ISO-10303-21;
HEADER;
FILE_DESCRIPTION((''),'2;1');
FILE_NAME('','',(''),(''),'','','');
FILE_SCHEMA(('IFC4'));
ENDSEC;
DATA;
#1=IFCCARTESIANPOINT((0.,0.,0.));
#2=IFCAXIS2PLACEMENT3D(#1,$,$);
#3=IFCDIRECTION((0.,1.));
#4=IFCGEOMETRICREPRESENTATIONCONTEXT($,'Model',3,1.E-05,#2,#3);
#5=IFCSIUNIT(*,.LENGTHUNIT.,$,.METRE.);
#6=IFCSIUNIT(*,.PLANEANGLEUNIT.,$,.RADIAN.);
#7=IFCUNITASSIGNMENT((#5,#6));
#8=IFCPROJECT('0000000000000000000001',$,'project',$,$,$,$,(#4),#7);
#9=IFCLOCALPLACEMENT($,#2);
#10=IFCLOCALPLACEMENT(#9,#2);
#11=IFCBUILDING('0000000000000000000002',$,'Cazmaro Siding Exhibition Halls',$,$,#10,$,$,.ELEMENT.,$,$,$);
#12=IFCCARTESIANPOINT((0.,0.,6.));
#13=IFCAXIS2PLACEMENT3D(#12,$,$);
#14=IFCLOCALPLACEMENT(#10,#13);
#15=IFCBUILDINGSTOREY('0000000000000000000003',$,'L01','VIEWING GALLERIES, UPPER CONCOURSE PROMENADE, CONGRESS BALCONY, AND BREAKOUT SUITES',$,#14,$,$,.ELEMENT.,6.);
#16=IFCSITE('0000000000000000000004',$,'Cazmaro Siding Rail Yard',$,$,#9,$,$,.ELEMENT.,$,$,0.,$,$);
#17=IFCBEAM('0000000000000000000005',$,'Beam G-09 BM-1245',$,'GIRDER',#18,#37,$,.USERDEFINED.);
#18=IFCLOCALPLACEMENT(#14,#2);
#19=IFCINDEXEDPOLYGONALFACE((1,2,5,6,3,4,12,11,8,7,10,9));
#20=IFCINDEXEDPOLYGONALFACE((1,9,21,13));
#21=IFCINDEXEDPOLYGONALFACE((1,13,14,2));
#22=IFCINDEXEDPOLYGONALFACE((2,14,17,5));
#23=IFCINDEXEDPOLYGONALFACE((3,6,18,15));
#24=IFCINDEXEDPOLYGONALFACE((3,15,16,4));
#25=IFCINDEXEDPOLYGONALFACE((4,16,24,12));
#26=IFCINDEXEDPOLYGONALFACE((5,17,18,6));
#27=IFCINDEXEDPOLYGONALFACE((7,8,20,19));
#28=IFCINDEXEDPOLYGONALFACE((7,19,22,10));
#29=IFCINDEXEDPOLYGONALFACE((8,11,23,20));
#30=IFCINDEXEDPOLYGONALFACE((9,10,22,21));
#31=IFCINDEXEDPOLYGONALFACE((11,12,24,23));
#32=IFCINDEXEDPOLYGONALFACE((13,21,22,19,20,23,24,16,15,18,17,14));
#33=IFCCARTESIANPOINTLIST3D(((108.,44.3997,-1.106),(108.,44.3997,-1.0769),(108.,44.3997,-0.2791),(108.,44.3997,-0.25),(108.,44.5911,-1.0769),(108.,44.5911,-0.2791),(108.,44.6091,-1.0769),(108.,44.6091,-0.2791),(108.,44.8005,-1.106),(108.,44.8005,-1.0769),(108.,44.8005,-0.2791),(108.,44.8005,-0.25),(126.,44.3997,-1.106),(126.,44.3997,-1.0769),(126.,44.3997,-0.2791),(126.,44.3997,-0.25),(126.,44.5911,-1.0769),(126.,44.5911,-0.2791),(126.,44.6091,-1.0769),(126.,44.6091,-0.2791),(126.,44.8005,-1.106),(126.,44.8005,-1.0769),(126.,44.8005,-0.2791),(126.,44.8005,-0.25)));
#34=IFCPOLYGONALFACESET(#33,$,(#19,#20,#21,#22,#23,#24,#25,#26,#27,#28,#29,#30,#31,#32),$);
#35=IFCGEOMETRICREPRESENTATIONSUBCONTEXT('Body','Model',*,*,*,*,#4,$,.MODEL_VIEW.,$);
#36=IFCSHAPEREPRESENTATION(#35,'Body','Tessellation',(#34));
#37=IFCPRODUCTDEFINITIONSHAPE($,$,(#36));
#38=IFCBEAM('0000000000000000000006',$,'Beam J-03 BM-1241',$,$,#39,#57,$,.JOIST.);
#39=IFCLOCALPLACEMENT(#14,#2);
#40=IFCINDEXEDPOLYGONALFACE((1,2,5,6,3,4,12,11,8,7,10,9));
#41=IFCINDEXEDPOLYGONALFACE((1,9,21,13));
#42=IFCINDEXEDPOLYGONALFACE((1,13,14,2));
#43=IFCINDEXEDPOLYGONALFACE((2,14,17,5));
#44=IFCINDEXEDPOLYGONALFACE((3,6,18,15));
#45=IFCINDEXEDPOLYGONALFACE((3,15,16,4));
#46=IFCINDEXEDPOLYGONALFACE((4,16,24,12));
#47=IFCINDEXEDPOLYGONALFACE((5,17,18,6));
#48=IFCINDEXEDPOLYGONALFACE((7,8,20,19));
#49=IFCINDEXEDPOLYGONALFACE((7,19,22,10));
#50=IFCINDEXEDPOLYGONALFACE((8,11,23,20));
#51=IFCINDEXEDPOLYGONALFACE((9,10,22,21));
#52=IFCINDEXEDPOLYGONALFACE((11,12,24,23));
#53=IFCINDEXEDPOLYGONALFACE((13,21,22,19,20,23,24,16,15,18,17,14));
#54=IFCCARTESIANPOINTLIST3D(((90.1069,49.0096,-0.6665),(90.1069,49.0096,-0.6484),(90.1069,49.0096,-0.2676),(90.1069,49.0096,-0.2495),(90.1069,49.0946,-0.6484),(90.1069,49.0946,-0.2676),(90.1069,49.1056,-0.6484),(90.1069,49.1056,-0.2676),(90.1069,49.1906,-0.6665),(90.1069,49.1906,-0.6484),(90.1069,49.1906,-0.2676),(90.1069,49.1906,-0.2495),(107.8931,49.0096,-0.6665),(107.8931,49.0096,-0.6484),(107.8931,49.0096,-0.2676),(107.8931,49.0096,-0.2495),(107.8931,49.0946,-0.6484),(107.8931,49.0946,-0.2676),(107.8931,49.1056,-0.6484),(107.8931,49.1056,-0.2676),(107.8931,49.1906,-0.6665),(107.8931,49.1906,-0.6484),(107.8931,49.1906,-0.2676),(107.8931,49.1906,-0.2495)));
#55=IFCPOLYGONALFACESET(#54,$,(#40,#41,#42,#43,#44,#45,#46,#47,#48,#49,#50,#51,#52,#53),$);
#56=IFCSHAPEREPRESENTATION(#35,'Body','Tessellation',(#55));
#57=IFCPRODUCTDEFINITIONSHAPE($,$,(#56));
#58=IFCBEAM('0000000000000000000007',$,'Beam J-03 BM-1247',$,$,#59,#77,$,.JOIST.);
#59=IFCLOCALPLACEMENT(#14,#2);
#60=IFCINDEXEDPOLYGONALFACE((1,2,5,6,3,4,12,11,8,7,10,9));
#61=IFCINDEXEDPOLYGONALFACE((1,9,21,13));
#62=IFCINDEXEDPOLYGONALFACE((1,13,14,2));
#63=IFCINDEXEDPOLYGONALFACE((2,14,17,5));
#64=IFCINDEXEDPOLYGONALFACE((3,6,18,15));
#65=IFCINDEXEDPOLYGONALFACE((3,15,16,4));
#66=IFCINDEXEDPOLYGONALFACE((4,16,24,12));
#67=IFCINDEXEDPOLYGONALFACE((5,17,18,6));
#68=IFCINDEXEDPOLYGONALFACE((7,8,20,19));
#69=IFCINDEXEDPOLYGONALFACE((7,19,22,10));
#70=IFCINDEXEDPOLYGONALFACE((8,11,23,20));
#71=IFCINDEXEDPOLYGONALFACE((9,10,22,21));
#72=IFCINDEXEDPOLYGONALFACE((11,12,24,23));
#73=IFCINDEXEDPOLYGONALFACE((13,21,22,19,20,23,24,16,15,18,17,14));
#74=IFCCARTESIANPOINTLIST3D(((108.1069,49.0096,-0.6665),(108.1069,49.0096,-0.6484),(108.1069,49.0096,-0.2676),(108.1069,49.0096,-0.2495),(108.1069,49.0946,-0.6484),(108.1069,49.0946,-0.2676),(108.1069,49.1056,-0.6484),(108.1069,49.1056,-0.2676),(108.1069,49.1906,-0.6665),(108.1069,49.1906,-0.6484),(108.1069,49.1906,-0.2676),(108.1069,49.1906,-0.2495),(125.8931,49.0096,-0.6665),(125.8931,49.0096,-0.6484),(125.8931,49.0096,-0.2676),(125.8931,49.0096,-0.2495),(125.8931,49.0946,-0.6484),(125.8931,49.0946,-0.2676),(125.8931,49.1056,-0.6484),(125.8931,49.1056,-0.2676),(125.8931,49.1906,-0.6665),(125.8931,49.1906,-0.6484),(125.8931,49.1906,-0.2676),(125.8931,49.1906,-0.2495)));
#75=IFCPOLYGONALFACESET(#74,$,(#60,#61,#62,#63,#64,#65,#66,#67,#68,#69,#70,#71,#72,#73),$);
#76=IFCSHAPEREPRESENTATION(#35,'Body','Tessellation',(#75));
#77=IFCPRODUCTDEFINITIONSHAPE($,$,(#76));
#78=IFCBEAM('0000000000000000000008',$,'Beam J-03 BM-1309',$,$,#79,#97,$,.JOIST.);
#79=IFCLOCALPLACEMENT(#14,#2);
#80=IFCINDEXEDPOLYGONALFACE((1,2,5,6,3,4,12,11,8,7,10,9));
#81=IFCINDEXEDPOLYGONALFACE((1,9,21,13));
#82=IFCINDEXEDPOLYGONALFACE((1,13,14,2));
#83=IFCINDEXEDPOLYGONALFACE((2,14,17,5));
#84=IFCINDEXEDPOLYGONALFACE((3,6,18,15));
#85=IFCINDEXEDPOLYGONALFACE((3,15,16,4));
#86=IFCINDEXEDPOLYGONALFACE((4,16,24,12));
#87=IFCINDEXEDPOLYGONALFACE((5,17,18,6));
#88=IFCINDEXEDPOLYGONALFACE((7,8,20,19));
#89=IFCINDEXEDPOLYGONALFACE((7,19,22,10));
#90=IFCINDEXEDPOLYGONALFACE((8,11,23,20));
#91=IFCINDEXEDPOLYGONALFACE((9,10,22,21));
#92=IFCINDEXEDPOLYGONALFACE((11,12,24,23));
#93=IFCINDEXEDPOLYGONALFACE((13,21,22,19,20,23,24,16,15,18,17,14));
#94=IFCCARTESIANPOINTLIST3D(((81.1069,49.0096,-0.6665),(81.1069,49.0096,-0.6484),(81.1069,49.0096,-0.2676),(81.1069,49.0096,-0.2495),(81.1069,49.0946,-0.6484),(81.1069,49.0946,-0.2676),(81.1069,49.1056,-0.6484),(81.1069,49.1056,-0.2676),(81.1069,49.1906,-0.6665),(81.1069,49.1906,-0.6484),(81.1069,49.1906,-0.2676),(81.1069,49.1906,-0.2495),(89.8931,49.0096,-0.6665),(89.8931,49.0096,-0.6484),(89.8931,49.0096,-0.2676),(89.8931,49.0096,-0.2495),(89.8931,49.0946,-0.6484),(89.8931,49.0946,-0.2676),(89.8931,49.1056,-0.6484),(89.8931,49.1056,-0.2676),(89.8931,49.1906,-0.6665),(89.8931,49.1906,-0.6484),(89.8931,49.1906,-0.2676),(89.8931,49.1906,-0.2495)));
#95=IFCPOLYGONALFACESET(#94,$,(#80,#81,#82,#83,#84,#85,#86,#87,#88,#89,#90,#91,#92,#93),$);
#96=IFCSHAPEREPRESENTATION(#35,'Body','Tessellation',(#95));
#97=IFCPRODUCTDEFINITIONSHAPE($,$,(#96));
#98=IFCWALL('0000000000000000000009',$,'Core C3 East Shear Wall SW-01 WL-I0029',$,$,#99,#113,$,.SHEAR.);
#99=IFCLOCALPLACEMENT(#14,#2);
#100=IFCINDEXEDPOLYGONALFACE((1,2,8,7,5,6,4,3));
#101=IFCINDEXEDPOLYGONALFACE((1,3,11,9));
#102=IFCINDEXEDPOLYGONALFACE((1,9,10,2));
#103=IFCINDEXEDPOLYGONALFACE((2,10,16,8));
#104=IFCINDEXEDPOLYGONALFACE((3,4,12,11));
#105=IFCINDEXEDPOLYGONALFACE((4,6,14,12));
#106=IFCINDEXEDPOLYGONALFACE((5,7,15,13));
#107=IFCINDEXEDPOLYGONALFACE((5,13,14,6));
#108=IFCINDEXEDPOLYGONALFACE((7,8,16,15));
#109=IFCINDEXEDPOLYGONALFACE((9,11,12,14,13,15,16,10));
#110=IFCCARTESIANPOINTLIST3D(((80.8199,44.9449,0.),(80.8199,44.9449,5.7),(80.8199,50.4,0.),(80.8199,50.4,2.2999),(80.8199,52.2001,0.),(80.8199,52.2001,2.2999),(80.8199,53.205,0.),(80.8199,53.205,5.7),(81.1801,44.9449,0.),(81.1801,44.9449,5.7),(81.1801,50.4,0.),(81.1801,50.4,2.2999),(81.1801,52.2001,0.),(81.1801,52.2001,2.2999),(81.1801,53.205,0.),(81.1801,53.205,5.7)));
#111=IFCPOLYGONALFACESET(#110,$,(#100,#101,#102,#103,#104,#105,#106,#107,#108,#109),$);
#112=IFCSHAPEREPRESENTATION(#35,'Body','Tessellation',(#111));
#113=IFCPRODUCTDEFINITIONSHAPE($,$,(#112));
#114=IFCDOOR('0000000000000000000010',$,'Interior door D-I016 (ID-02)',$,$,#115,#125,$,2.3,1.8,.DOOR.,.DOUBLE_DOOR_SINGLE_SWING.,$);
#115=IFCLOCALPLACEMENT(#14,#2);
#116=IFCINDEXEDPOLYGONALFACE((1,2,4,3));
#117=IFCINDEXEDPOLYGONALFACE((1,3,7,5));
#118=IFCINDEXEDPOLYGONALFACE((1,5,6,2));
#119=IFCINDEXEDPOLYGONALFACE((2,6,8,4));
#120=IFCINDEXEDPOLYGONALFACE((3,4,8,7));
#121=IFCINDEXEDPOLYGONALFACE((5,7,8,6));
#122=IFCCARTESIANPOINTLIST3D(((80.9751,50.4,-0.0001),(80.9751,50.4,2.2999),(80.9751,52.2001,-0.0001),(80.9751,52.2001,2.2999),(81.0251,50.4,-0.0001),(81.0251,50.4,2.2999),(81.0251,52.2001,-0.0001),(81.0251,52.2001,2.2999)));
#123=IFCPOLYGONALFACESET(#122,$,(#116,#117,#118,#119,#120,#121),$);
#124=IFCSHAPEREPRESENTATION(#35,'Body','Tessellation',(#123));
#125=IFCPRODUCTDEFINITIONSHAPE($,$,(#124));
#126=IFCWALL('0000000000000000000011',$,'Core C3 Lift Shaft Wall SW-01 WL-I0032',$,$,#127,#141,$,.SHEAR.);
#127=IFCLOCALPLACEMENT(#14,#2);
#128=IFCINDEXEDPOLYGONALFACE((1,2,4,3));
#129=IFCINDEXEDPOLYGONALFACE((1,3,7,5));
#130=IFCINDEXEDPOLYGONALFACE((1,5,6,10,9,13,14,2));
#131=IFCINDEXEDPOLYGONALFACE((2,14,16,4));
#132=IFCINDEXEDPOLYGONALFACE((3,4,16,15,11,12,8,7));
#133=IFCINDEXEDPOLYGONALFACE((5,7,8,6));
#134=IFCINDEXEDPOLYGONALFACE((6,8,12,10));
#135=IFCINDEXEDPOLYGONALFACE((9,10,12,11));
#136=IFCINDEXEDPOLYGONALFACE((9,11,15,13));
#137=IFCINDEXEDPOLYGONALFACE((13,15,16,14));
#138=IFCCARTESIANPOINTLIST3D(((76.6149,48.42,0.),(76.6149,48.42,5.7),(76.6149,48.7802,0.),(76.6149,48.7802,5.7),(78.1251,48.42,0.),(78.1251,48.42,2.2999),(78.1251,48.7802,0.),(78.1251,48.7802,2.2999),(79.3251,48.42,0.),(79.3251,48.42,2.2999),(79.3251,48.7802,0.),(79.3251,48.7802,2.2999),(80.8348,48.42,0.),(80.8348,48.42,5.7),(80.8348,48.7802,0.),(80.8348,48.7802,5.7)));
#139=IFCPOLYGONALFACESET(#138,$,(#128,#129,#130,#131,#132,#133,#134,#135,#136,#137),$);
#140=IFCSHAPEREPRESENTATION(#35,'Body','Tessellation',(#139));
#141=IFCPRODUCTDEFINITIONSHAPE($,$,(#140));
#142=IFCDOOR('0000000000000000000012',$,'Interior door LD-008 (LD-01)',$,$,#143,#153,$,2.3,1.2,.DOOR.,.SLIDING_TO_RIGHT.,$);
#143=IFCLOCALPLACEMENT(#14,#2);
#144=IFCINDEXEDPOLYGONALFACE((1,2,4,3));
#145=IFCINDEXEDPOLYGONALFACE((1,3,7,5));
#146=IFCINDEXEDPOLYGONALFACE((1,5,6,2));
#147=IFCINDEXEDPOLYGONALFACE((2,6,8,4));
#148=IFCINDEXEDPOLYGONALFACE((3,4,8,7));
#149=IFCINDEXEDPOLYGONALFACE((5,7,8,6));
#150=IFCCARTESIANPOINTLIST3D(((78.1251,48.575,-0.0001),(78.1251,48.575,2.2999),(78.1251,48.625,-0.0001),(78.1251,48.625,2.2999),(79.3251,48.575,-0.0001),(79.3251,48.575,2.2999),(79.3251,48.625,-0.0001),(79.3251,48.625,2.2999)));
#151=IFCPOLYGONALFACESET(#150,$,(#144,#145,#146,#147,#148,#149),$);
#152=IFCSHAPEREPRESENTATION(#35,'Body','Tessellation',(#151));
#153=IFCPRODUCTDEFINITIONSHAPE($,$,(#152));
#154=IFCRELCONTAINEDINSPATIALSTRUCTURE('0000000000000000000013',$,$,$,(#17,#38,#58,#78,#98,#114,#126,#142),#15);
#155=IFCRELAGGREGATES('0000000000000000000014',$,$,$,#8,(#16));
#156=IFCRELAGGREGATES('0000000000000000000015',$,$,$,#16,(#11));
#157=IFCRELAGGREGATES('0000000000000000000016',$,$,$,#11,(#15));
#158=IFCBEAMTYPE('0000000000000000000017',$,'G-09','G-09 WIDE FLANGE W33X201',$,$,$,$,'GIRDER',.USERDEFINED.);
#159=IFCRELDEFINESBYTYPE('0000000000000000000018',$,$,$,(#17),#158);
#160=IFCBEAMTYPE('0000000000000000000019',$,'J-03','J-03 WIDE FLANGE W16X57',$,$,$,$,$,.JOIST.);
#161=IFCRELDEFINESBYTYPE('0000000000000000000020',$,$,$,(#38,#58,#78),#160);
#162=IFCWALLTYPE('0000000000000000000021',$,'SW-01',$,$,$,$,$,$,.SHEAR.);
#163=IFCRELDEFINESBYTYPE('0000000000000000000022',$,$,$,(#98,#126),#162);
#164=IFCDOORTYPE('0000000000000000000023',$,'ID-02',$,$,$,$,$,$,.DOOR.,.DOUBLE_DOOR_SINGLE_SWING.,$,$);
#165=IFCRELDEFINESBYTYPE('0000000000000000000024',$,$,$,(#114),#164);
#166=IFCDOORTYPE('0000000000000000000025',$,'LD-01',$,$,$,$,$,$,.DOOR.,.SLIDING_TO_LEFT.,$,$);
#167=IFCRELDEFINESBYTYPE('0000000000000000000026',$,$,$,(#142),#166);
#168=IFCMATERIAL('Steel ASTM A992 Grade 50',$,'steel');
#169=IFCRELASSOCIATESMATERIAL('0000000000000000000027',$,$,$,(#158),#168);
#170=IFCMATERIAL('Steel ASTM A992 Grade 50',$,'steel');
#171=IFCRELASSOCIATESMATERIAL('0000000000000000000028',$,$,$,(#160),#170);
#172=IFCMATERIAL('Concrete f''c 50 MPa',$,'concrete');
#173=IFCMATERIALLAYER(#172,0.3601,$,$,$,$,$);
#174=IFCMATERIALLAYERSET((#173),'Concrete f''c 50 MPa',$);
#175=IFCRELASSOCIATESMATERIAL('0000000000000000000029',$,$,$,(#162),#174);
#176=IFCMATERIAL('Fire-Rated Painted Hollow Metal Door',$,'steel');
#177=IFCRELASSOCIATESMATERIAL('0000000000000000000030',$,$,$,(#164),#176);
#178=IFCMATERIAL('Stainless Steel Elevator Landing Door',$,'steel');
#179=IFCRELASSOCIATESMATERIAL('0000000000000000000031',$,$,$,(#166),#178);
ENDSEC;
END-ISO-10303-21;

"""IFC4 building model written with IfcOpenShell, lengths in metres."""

from ifc_helpers import new_model, si_unit, direction, frame, frame_2d, origin, origin_2d, place, context, subcontext, project, spatial, rectangle, i_section, extrude, material, layer, layer_set, material_profile, profile_set, type_object, element, fill, save


model = new_model("IFC4")

# Units and contexts
model_context = context("Model", 3, precision=1e-05, world=origin(), true_north=direction((0.0, 1.0)))
body_context = subcontext(model_context, "Body", "Model", "MODEL_VIEW")
ifc_project = project(units=[si_unit("LENGTHUNIT", "METRE"), si_unit("PLANEANGLEUNIT", "RADIAN")], contexts=[model_context])

# Site, building, storey
site_placement = place(None, origin())
site = spatial("IfcSite", under=ifc_project, at=site_placement, Name="Cazmaro Siding Rail Yard", CompositionType="ELEMENT", RefElevation=0.0)
building_placement = place(site_placement, origin())
building = spatial("IfcBuilding", under=site, at=building_placement, Name="Cazmaro Siding Exhibition Halls", CompositionType="ELEMENT")
storey_placement = place(building_placement, frame((0.0, 0.0, 6.0)))
storey = spatial("IfcBuildingStorey", under=building, at=storey_placement, Name="L01", Description="VIEWING GALLERIES, UPPER CONCOURSE PROMENADE, CONGRESS BALCONY, AND BREAKOUT SUITES", CompositionType="ELEMENT", Elevation=6.0)

# Beams
ifc_material_1 = material(Name="Steel ASTM A992 Grade 50", Category="steel")
ifc_material_profile_1 = material_profile(ifc_material_1, i_section(OverallWidth=0.4009, OverallDepth=0.856, WebThickness=0.0181, FlangeThickness=0.0291, at=origin_2d()), Name="W33X201")
ifc_profile_set_1 = profile_set([ifc_material_profile_1], Name="Steel ASTM A992 Grade 50")
beam_type_1 = type_object("IfcBeamType", Name="G-09", Description="G-09 WIDE FLANGE W33X201", ElementType="GIRDER", PredefinedType="USERDEFINED", material=ifc_profile_set_1)
for number, where, z_axis, x_axis, name in (
    (1, (108.0, 44.6001, -0.678), (1.0, 0.0, 0.0), (0.0, 1.0, 0.0), "Beam G-09 BM-1245"),
):
    element("IfcBeam", number, at=place(storey_placement, frame(where, z_axis=z_axis, x_axis=x_axis)), inside=storey, type_object=beam_type_1, Name=name, ObjectType="GIRDER", PredefinedType="USERDEFINED", context=body_context, shape_type="SweptSolid", body=[
        extrude(i_section(OverallWidth=0.4009, OverallDepth=0.856, WebThickness=0.0181, FlangeThickness=0.0291, at=origin_2d()), origin(), (0.0, 0.0, 1.0), 18.0),
    ])
ifc_material_2 = material(Name="Steel ASTM A992 Grade 50", Category="steel")
ifc_material_profile_2 = material_profile(ifc_material_2, i_section(OverallWidth=0.1809, OverallDepth=0.417, WebThickness=0.011, FlangeThickness=0.0181, at=origin_2d()), Name="W16X57")
ifc_profile_set_2 = profile_set([ifc_material_profile_2], Name="Steel ASTM A992 Grade 50")
beam_type_2 = type_object("IfcBeamType", Name="J-03", Description="J-03 WIDE FLANGE W16X57", PredefinedType="JOIST", material=ifc_profile_set_2)
for number, where, z_axis, x_axis, name in (
    (2, (90.1069, 49.1001, -0.458), (1.0, 0.0, 0.0), (0.0, 1.0, 0.0), "Beam J-03 BM-1241"),
    (3, (108.1069, 49.1001, -0.458), (1.0, 0.0, 0.0), (0.0, 1.0, 0.0), "Beam J-03 BM-1247"),
):
    element("IfcBeam", number, at=place(storey_placement, frame(where, z_axis=z_axis, x_axis=x_axis)), inside=storey, type_object=beam_type_2, Name=name, PredefinedType="JOIST", context=body_context, shape_type="SweptSolid", body=[
        extrude(i_section(OverallWidth=0.1809, OverallDepth=0.417, WebThickness=0.011, FlangeThickness=0.0181, at=origin_2d()), origin(), (0.0, 0.0, 1.0), 17.7861),
    ])
beam_1_placement = place(storey_placement, frame((81.1069, 49.1001, -0.458), z_axis=(1.0, 0.0, 0.0), x_axis=(0.0, 1.0, 0.0)))
element("IfcBeam", 4, at=beam_1_placement, inside=storey, type_object=beam_type_2, Name="Beam J-03 BM-1309", PredefinedType="JOIST", context=body_context, shape_type="SweptSolid", body=[
    extrude(i_section(OverallWidth=0.1809, OverallDepth=0.417, WebThickness=0.011, FlangeThickness=0.0181, at=origin_2d()), origin(), (0.0, 0.0, 1.0), 8.7861),
])

# Walls, openings, doors
ifc_material_3 = material(Name="Concrete f'c 50 MPa", Category="concrete")
ifc_layer_1 = layer(ifc_material_3, 0.3601)
ifc_layer_set_1 = layer_set([ifc_layer_1], Name="Concrete f'c 50 MPa")
wall_type_1 = type_object("IfcWallType", Name="SW-01", PredefinedType="SHEAR", material=ifc_layer_set_1)
wall_1_placement = place(storey_placement, frame((81.0, 44.9451, 0.0), z_axis=(0.0, 0.0, 1.0), x_axis=(0.0, 1.0, 0.0)))
wall_1 = element("IfcWall", 5, at=wall_1_placement, inside=storey, type_object=wall_type_1, Name="Core C3 East Shear Wall SW-01 WL-I0029", PredefinedType="SHEAR", context=body_context, shape_type="SweptSolid", body=[
    extrude(rectangle(XDim=8.26, YDim=0.3601, at=frame_2d((4.1299, 0.0))), origin(), (0.0, 0.0, 1.0), 5.7),
])
opening_1_placement = place(wall_1_placement, frame((5.4551, 0.0, 0.0)))
opening_1 = element("IfcOpeningElement", 6, at=opening_1_placement, cuts=wall_1, PredefinedType="OPENING", context=body_context, shape_type="SweptSolid", body=[
    extrude(rectangle(XDim=1.8, YDim=2.3, at=frame_2d((0.8999, 1.1499))), frame((0.0, 0.1899, 0.0), z_axis=(0.0, -1.0, 0.0), x_axis=(1.0, 0.0, 0.0)), (0.0, 0.0, 1.0), 0.3801),
])
ifc_material_4 = material(Name="Fire-Rated Painted Hollow Metal Door", Category="steel")
door_type_1 = type_object("IfcDoorType", Name="ID-02", OperationType="DOUBLE_DOOR_SINGLE_SWING", PredefinedType="DOOR", material=ifc_material_4)
door_1_placement = place(opening_1_placement, origin())
door_1 = element("IfcDoor", 7, at=door_1_placement, inside=storey, type_object=door_type_1, Name="Interior door D-I016 (ID-02)", OperationType="DOUBLE_DOOR_SINGLE_SWING", OverallHeight=2.3, OverallWidth=1.8, PredefinedType="DOOR", context=body_context, shape_type="SweptSolid", body=[
    extrude(rectangle(XDim=1.8, YDim=2.3, at=frame_2d((0.8999, 1.1499))), frame((0.0, 0.0249, 0.0), z_axis=(0.0, -1.0, 0.0), x_axis=(1.0, 0.0, 0.0)), (0.0, 0.0, 1.0), 0.05),
])
fill(opening_1, door_1)
wall_2_placement = place(storey_placement, frame((76.615, 48.6001, 0.0), z_axis=(0.0, 0.0, 1.0), x_axis=(1.0, 0.0, 0.0)))
wall_2 = element("IfcWall", 8, at=wall_2_placement, inside=storey, type_object=wall_type_1, Name="Core C3 Lift Shaft Wall SW-01 WL-I0032", PredefinedType="SHEAR", context=body_context, shape_type="SweptSolid", body=[
    extrude(rectangle(XDim=4.22, YDim=0.3601, at=frame_2d((2.1099, 0.0))), origin(), (0.0, 0.0, 1.0), 5.7),
])
opening_2_placement = place(wall_2_placement, frame((1.51, 0.0, 0.0)))
opening_2 = element("IfcOpeningElement", 9, at=opening_2_placement, cuts=wall_2, PredefinedType="OPENING", context=body_context, shape_type="SweptSolid", body=[
    extrude(rectangle(XDim=1.2, YDim=2.3, at=frame_2d((0.6001, 1.1499))), frame((0.0, 0.1899, 0.0), z_axis=(0.0, -1.0, 0.0), x_axis=(1.0, 0.0, 0.0)), (0.0, 0.0, 1.0), 0.3801),
])
ifc_material_5 = material(Name="Stainless Steel Elevator Landing Door", Category="steel")
door_type_2 = type_object("IfcDoorType", Name="LD-01", OperationType="SLIDING_TO_LEFT", PredefinedType="DOOR", material=ifc_material_5)
door_2_placement = place(opening_2_placement, origin())
door_2 = element("IfcDoor", 10, at=door_2_placement, inside=storey, type_object=door_type_2, Name="Interior door LD-008 (LD-01)", OperationType="SLIDING_TO_RIGHT", OverallHeight=2.3, OverallWidth=1.2, PredefinedType="DOOR", context=body_context, shape_type="SweptSolid", body=[
    extrude(rectangle(XDim=1.2, YDim=2.3, at=frame_2d((0.6001, 1.1499))), frame((0.0, 0.0249, 0.0), z_axis=(0.0, -1.0, 0.0), x_axis=(1.0, 0.0, 0.0)), (0.0, 0.0, 1.0), 0.05),
])
fill(opening_2, door_2)

save(model, "model.ifc")
